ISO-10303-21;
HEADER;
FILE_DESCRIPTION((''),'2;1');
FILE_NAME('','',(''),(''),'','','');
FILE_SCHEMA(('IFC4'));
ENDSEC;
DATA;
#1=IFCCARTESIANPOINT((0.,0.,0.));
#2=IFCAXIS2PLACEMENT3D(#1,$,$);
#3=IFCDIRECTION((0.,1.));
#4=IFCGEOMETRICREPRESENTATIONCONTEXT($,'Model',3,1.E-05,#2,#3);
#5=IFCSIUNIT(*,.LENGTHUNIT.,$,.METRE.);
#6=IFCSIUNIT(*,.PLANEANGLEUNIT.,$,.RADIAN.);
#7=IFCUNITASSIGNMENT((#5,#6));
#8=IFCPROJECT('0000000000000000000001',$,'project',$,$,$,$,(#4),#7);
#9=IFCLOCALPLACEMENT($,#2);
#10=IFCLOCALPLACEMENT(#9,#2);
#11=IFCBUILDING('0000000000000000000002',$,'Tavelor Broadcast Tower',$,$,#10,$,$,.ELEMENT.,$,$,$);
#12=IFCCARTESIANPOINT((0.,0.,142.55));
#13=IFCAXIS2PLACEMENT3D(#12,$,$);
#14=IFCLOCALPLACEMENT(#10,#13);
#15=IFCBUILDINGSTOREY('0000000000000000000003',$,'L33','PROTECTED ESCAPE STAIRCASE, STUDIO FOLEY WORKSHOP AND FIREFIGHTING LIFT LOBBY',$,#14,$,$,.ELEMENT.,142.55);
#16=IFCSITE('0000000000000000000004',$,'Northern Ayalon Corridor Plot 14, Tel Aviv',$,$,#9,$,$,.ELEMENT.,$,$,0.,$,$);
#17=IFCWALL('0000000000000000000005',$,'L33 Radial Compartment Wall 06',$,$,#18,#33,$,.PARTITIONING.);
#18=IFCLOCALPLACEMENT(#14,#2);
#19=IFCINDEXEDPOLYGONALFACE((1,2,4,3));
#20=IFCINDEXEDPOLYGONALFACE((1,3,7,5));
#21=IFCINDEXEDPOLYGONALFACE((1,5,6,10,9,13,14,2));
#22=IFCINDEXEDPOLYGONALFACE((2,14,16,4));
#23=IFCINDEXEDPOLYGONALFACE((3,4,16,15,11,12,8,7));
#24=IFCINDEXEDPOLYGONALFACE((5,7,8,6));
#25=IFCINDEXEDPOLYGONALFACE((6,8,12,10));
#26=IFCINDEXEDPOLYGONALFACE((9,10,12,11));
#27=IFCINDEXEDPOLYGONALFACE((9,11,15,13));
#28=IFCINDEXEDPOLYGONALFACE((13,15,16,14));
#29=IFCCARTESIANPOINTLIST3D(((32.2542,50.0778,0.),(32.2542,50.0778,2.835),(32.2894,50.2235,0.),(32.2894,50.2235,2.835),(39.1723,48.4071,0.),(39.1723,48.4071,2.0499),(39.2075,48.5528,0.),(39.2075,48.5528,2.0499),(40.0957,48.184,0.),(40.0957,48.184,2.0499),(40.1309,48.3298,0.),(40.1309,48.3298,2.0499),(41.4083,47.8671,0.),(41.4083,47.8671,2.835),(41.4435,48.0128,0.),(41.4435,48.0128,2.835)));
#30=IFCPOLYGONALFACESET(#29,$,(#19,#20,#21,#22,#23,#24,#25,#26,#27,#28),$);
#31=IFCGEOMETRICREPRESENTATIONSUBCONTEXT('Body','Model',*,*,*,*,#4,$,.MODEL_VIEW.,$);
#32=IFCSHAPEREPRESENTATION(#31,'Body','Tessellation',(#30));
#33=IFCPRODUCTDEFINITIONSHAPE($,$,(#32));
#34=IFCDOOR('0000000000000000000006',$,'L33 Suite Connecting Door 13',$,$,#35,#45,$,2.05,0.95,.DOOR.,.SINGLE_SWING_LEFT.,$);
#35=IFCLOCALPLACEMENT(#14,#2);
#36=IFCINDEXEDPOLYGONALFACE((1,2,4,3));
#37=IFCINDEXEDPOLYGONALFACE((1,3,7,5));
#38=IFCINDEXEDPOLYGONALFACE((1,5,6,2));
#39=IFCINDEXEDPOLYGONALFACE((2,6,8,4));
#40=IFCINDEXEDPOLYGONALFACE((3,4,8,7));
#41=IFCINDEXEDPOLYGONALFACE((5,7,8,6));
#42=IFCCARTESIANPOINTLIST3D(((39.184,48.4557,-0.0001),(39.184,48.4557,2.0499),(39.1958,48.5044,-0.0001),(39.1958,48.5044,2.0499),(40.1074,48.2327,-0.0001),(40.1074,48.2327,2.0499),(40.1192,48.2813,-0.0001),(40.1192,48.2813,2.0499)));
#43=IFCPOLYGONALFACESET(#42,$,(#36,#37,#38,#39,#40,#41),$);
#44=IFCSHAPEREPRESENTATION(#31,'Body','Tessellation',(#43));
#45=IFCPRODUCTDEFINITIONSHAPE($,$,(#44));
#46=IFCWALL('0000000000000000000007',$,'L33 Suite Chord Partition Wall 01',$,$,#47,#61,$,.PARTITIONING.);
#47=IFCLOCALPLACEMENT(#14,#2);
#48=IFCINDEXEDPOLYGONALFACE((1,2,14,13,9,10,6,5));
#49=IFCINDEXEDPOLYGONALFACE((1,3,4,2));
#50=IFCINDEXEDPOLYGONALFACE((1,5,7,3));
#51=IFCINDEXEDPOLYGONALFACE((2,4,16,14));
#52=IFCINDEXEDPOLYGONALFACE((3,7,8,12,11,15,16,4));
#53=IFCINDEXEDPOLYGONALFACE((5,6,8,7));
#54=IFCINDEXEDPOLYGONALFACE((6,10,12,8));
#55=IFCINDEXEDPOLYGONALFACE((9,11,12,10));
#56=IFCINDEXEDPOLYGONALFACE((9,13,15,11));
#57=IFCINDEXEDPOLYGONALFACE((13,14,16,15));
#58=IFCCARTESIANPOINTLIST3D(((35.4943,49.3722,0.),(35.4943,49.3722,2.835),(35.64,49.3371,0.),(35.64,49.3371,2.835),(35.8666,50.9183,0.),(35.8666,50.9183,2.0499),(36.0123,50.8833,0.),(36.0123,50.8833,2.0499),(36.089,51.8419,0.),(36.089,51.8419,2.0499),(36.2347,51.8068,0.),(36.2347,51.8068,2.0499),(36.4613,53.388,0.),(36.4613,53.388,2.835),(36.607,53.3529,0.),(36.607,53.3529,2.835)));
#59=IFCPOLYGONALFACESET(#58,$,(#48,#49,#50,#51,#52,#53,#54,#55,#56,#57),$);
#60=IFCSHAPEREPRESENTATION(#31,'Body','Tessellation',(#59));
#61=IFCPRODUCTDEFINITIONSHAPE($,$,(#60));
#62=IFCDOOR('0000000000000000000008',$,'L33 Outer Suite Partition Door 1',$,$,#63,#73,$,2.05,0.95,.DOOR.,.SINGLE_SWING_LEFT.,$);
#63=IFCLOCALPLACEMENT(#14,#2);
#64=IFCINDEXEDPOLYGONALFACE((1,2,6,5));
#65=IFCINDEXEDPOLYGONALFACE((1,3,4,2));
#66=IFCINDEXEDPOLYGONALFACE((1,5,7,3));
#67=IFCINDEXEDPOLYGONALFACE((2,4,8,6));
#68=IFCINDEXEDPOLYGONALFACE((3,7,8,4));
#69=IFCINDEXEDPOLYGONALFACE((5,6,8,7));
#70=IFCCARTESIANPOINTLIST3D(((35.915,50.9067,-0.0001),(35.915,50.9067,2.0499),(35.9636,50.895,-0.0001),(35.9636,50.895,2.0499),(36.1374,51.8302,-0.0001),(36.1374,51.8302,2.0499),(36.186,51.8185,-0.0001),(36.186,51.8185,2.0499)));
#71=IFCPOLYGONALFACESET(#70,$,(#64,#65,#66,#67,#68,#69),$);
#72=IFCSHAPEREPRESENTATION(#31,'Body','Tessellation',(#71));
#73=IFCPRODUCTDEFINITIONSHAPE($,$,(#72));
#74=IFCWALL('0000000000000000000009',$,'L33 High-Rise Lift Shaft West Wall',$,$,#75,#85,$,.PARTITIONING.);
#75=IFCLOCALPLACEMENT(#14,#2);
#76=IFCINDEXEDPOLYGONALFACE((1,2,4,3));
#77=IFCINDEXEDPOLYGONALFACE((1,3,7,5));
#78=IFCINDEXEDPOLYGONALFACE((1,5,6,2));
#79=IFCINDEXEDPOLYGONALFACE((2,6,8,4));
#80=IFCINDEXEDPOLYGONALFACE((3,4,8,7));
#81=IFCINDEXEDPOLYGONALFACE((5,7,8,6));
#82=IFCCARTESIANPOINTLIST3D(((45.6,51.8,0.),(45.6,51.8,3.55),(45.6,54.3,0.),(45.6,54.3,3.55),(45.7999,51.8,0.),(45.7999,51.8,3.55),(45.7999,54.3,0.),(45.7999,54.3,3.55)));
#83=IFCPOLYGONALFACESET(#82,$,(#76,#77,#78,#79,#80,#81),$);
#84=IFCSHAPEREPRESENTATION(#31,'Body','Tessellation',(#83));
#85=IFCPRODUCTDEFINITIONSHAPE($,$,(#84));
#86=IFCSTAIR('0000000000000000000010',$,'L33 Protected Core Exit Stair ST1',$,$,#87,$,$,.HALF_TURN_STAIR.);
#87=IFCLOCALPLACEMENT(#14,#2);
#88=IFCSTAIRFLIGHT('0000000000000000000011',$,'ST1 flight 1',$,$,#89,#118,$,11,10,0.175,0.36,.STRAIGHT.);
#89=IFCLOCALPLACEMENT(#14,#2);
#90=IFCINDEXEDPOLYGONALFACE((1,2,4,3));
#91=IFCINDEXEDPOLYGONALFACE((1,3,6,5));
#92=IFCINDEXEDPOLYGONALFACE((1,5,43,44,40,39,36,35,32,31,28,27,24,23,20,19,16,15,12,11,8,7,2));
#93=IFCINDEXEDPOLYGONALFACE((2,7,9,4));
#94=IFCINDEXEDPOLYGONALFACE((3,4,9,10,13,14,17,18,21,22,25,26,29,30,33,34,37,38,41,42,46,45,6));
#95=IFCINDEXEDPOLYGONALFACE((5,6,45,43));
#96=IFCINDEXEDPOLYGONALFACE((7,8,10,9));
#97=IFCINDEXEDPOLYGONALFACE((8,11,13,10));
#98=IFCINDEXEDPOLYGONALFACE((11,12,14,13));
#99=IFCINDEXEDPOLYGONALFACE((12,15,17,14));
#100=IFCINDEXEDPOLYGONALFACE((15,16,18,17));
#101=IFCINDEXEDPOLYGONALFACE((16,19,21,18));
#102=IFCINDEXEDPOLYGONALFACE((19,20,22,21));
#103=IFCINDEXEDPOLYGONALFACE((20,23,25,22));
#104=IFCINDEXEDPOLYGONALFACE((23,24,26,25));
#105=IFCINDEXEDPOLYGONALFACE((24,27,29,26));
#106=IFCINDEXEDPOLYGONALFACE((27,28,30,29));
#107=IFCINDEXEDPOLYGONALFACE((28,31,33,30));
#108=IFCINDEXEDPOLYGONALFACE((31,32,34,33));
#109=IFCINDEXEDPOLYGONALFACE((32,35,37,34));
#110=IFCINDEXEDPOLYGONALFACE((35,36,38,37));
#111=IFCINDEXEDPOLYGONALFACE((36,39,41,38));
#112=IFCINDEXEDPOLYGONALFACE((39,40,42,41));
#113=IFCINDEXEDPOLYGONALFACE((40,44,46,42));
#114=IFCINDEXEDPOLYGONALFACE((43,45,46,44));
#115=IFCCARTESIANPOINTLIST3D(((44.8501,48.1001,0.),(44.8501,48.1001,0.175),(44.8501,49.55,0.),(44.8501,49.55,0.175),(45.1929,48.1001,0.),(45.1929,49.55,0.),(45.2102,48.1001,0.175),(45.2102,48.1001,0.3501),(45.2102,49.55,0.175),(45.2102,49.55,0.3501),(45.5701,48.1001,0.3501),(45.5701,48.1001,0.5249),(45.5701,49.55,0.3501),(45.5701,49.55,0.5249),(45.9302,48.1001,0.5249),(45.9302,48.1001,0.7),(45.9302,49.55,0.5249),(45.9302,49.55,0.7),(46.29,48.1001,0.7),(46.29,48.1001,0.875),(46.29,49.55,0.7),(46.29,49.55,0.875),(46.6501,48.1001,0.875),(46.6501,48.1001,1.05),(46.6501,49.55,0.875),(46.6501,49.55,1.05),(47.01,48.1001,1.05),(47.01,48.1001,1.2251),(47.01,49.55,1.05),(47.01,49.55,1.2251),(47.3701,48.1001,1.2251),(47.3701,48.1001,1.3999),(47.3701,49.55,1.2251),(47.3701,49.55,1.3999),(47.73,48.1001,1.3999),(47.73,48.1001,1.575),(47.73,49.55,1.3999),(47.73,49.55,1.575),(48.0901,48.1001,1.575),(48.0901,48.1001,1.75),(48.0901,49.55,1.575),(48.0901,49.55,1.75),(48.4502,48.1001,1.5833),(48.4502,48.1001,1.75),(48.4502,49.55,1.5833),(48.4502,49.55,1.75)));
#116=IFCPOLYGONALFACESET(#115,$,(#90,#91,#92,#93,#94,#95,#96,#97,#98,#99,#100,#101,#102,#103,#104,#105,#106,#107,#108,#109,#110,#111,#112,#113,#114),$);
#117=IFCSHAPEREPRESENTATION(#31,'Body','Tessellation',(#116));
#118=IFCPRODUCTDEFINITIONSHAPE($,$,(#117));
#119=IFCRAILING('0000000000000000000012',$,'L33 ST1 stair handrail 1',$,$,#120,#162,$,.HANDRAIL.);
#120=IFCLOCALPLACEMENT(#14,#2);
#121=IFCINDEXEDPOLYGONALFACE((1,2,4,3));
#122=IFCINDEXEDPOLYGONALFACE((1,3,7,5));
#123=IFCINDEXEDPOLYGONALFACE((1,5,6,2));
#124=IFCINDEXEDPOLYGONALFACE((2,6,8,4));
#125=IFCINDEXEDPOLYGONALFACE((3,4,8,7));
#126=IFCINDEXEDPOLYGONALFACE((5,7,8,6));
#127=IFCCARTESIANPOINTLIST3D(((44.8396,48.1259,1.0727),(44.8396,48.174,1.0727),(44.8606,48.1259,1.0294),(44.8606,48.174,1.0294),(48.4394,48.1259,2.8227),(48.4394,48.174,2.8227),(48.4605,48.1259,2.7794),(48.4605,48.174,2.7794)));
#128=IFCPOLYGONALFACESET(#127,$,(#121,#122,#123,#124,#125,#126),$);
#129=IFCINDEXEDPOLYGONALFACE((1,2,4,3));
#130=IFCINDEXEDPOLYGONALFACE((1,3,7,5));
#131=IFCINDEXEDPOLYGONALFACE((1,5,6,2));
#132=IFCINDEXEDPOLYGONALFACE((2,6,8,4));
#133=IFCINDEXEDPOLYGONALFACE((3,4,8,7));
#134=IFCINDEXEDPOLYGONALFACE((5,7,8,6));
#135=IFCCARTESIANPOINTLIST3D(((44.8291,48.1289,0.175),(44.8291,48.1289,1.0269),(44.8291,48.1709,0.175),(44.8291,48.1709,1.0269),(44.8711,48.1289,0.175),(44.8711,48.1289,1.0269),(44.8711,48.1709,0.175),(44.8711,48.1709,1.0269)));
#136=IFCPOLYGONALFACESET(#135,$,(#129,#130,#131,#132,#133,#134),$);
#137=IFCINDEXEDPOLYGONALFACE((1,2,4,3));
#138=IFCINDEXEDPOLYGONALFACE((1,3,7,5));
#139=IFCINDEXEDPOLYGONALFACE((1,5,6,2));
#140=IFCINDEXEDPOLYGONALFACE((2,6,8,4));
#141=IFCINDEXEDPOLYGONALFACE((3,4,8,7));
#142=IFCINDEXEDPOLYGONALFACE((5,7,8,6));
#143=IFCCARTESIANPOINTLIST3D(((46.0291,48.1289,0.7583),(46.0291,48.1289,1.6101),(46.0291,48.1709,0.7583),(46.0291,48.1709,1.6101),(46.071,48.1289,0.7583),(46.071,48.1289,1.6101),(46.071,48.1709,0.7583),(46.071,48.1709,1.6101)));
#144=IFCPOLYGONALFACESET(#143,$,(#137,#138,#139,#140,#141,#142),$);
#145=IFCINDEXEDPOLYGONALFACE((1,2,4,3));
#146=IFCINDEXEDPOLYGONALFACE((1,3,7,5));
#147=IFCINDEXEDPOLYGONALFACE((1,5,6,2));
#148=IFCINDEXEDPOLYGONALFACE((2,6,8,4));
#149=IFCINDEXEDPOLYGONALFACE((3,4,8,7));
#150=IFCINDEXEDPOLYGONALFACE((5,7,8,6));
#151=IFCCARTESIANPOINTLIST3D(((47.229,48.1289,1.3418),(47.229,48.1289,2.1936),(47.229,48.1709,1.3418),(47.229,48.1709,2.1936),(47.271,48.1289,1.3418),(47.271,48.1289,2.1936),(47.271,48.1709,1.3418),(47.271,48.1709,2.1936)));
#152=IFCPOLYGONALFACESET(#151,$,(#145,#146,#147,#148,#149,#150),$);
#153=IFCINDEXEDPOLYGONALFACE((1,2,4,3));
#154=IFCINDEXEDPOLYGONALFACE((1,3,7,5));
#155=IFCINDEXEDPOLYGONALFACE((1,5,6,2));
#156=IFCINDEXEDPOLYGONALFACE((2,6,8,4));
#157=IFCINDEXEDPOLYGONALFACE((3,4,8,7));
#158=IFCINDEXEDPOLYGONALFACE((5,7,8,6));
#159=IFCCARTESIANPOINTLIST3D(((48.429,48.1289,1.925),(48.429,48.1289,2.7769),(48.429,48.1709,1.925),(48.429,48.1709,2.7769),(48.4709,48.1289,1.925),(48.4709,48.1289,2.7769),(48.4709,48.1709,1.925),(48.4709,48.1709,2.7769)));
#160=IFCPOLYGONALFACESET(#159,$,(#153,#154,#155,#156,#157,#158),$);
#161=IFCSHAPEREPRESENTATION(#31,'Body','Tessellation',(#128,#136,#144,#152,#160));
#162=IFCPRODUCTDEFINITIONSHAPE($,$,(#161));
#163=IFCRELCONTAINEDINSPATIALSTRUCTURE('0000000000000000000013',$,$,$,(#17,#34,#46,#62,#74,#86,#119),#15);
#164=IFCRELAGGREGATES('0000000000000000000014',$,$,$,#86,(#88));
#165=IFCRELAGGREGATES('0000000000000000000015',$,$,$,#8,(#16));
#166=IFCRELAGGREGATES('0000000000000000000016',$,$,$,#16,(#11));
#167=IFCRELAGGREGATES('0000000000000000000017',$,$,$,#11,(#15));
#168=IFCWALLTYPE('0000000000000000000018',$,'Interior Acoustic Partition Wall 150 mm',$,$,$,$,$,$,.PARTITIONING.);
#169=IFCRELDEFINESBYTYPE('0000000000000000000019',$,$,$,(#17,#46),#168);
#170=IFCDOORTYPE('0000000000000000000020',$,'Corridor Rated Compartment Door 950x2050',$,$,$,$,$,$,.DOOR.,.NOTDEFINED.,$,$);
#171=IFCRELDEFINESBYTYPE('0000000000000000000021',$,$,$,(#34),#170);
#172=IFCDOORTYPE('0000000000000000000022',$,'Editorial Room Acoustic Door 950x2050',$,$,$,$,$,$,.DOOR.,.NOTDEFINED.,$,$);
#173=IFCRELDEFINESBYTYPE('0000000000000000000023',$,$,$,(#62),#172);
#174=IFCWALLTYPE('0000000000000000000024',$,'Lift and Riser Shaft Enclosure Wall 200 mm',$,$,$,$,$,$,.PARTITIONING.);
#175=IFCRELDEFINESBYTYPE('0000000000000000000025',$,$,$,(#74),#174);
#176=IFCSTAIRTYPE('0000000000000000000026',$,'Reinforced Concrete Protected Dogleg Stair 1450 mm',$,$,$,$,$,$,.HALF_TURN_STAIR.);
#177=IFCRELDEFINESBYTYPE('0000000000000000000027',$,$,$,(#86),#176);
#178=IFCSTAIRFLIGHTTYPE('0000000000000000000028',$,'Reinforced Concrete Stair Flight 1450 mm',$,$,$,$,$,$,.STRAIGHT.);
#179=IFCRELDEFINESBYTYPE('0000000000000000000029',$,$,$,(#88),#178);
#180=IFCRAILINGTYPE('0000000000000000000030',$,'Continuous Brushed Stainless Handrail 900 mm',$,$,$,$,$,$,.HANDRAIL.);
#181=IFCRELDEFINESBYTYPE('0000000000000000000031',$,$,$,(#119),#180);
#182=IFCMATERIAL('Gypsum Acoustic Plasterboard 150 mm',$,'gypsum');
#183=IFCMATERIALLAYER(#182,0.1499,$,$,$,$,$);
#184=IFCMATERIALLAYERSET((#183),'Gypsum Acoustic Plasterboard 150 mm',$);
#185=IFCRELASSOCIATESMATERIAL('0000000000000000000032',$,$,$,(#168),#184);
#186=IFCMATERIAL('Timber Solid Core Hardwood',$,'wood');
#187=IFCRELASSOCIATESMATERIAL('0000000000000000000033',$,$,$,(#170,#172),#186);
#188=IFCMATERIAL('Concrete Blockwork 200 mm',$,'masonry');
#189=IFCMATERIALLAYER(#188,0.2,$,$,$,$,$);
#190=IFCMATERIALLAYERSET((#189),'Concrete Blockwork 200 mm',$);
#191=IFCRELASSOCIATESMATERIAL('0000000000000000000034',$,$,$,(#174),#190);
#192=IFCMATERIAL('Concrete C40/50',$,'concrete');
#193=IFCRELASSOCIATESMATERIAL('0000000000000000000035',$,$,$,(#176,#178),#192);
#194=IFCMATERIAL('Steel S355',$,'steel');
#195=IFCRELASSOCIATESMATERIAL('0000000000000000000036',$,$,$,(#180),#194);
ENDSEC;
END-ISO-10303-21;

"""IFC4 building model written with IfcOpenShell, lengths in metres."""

from ifc_helpers import new_model, si_unit, direction, frame, frame_2d, origin, origin_2d, place, context, subcontext, project, spatial, polyline, rectangle, outline, extrude, material, layer, layer_set, type_object, element, fill, aggregate, save


model = new_model("IFC4")

# Units and contexts
model_context = context("Model", 3, precision=1e-05, world=origin(), true_north=direction((0.0, 1.0)))
body_context = subcontext(model_context, "Body", "Model", "MODEL_VIEW")
ifc_project = project(units=[si_unit("LENGTHUNIT", "METRE"), si_unit("PLANEANGLEUNIT", "RADIAN")], contexts=[model_context])

# Site, building, storey
site_placement = place(None, origin())
site = spatial("IfcSite", under=ifc_project, at=site_placement, Name="Northern Ayalon Corridor Plot 14, Tel Aviv", CompositionType="ELEMENT", RefElevation=0.0)
building_placement = place(site_placement, origin())
building = spatial("IfcBuilding", under=site, at=building_placement, Name="Tavelor Broadcast Tower", CompositionType="ELEMENT")
storey_placement = place(building_placement, frame((0.0, 0.0, 142.55)))
storey = spatial("IfcBuildingStorey", under=building, at=storey_placement, Name="L33", Description="PROTECTED ESCAPE STAIRCASE, STUDIO FOLEY WORKSHOP AND FIREFIGHTING LIFT LOBBY", CompositionType="ELEMENT", Elevation=142.55)

# Shared definitions
ifc_material_1 = material(Name="Steel S355", Category="steel")

# Shared definitions
ifc_material_2 = material(Name="Gypsum Acoustic Plasterboard 150 mm", Category="gypsum")
ifc_layer_1 = layer(ifc_material_2, 0.1499)
ifc_layer_set_1 = layer_set([ifc_layer_1], Name="Gypsum Acoustic Plasterboard 150 mm")
wall_type_1 = type_object("IfcWallType", Name="Interior Acoustic Partition Wall 150 mm", PredefinedType="PARTITIONING", material=ifc_layer_set_1)

# Walls, openings, doors
wall_1_placement = place(storey_placement, frame((41.4258, 47.9399, 0.0), z_axis=(0.0, 0.0, 1.0), x_axis=(-0.972056, 0.23475, 0.0)))
wall_1 = element("IfcWall", 1, at=wall_1_placement, inside=storey, type_object=wall_type_1, Name="L33 Radial Compartment Wall 06", PredefinedType="PARTITIONING", context=body_context, shape_type="SweptSolid", body=[
    extrude(rectangle(XDim=9.4172, YDim=0.1499, at=frame_2d((4.7085, 0.0))), origin(), (0.0, 0.0, 1.0), 2.835),
])
opening_1_placement = place(wall_1_placement, frame((1.3501, 0.0, 0.0)))
opening_1 = element("IfcOpeningElement", 2, at=opening_1_placement, cuts=wall_1, PredefinedType="OPENING", context=body_context, shape_type="SweptSolid", body=[
    extrude(rectangle(XDim=0.95, YDim=2.05, at=frame_2d((0.4751, 1.0249))), frame((0.0, 0.085, 0.0), z_axis=(0.0, -1.0, 0.0), x_axis=(1.0, 0.0, 0.0)), (0.0, 0.0, 1.0), 0.1699),
])
ifc_material_3 = material(Name="Timber Solid Core Hardwood", Category="wood")
door_type_1 = type_object("IfcDoorType", Name="Corridor Rated Compartment Door 950x2050", OperationType="NOTDEFINED", PredefinedType="DOOR", material=ifc_material_3)
door_1_placement = place(opening_1_placement, origin())
door_1 = element("IfcDoor", 3, at=door_1_placement, inside=storey, type_object=door_type_1, Name="L33 Suite Connecting Door 13", OperationType="SINGLE_SWING_LEFT", OverallHeight=2.05, OverallWidth=0.95, PredefinedType="DOOR", context=body_context, shape_type="SweptSolid", body=[
    extrude(rectangle(XDim=0.95, YDim=2.05, at=frame_2d((0.4751, 1.0249))), frame((0.0, 0.0249, 0.0), z_axis=(0.0, -1.0, 0.0), x_axis=(1.0, 0.0, 0.0)), (0.0, 0.0, 1.0), 0.05),
])
fill(opening_1, door_1)
wall_2_placement = place(storey_placement, frame((36.5342, 53.3706, 0.0), z_axis=(0.0, 0.0, 1.0), x_axis=(-0.234113, -0.972209, 0.0)))
wall_2 = element("IfcWall", 4, at=wall_2_placement, inside=storey, type_object=wall_type_1, Name="L33 Suite Chord Partition Wall 01", PredefinedType="PARTITIONING", context=body_context, shape_type="SweptSolid", body=[
    extrude(rectangle(XDim=4.1306, YDim=0.1499, at=frame_2d((2.0654, 0.0))), origin(), (0.0, 0.0, 1.0), 2.835),
])
opening_2_placement = place(wall_2_placement, frame((1.5903, 0.0, 0.0)))
opening_2 = element("IfcOpeningElement", 5, at=opening_2_placement, cuts=wall_2, PredefinedType="OPENING", context=body_context, shape_type="SweptSolid", body=[
    extrude(rectangle(XDim=0.95, YDim=2.05, at=frame_2d((0.4751, 1.0249))), frame((0.0, 0.085, 0.0), z_axis=(0.0, -1.0, 0.0), x_axis=(1.0, 0.0, 0.0)), (0.0, 0.0, 1.0), 0.1699),
])
door_type_2 = type_object("IfcDoorType", Name="Editorial Room Acoustic Door 950x2050", OperationType="NOTDEFINED", PredefinedType="DOOR", material=ifc_material_3)
door_2_placement = place(opening_2_placement, origin())
door_2 = element("IfcDoor", 6, at=door_2_placement, inside=storey, type_object=door_type_2, Name="L33 Outer Suite Partition Door 1", OperationType="SINGLE_SWING_LEFT", OverallHeight=2.05, OverallWidth=0.95, PredefinedType="DOOR", context=body_context, shape_type="SweptSolid", body=[
    extrude(rectangle(XDim=0.95, YDim=2.05, at=frame_2d((0.4751, 1.0249))), frame((0.0, 0.0249, 0.0), z_axis=(0.0, -1.0, 0.0), x_axis=(1.0, 0.0, 0.0)), (0.0, 0.0, 1.0), 0.05),
])
fill(opening_2, door_2)

# Wall
ifc_material_4 = material(Name="Concrete Blockwork 200 mm", Category="masonry")
ifc_layer_2 = layer(ifc_material_4, 0.2)
ifc_layer_set_2 = layer_set([ifc_layer_2], Name="Concrete Blockwork 200 mm")
wall_type_2 = type_object("IfcWallType", Name="Lift and Riser Shaft Enclosure Wall 200 mm", PredefinedType="PARTITIONING", material=ifc_layer_set_2)
wall_3_placement = place(storey_placement, frame((45.7, 51.8, 0.0), z_axis=(0.0, 0.0, 1.0), x_axis=(0.0, 1.0, 0.0)))
element("IfcWall", 7, at=wall_3_placement, inside=storey, type_object=wall_type_2, Name="L33 High-Rise Lift Shaft West Wall", PredefinedType="PARTITIONING", context=body_context, shape_type="SweptSolid", body=[
    extrude(rectangle(XDim=2.5, YDim=0.2, at=frame_2d((1.25, 0.0))), origin(), (0.0, 0.0, 1.0), 3.55),
])

# Stair, stair flight
ifc_material_5 = material(Name="Concrete C40/50", Category="concrete")
stair_type = type_object("IfcStairType", Name="Reinforced Concrete Protected Dogleg Stair 1450 mm", PredefinedType="HALF_TURN_STAIR", material=ifc_material_5)
stair_placement = place(storey_placement, origin())
stair = element("IfcStair", 8, at=stair_placement, inside=storey, type_object=stair_type, Name="L33 Protected Core Exit Stair ST1", PredefinedType="HALF_TURN_STAIR")
stair_flight_type = type_object("IfcStairFlightType", Name="Reinforced Concrete Stair Flight 1450 mm", PredefinedType="STRAIGHT", material=ifc_material_5)
stair_flight_placement = place(storey_placement, frame((44.8501, 48.825, 0.0), z_axis=(0.0, 0.0, 1.0), x_axis=(1.0, 0.0, 0.0)))
stair_flight = element("IfcStairFlight", 9, at=stair_flight_placement, type_object=stair_flight_type, Name="ST1 flight 1", NumberOfRisers=11, NumberOfTreads=10, PredefinedType="STRAIGHT", RiserHeight=0.175, TreadLength=0.36, context=body_context, shape_type="SweptSolid", body=[
    extrude(outline(polyline([(0.0, 0.0), (0.0, 0.175), (0.3601, 0.175), (0.3601, 0.3501), (0.72, 0.3501), (0.72, 0.5249), (1.0801, 0.5249), (1.0801, 0.7), (1.4399, 0.7), (1.4399, 0.875), (1.8, 0.875), (1.8, 1.05), (2.1599, 1.05), (2.1599, 1.2251), (2.52, 1.2251), (2.52, 1.3999), (2.8799, 1.3999), (2.8799, 1.575), (3.24, 1.575), (3.24, 1.75), (3.6001, 1.75), (3.6001, 1.925), (3.6001, 1.5833), (0.3428, 0.0), (0.0, 0.0)])), frame((0.0, 0.7251, 0.0), z_axis=(0.0, -1.0, 0.0), x_axis=(1.0, 0.0, 0.0)), (0.0, 0.0, 1.0), 1.45),
])
aggregate(stair, [stair_flight])

# Railing
railing_type_1 = type_object("IfcRailingType", Name="Continuous Brushed Stainless Handrail 900 mm", PredefinedType="HANDRAIL", material=ifc_material_1)
railing_1_placement = place(storey_placement, frame((44.8501, 48.1499, 0.175)))
element("IfcRailing", 10, at=railing_1_placement, inside=storey, type_object=railing_type_1, Name="L33 ST1 stair handrail 1", PredefinedType="HANDRAIL", context=body_context, shape_type="SweptSolid", body=[
    extrude(rectangle(XDim=0.0481, YDim=0.0481, at=origin_2d()), frame((0.0, 0.0, 0.876), z_axis=(0.899361, 0.0, 0.437207), x_axis=(0.0, 1.0, 0.0)), (0.0, 0.0, 1.0), 4.0027),
    extrude(rectangle(XDim=0.042, YDim=0.042, at=origin_2d()), origin(), (0.0, 0.0, 1.0), 0.8518),
    extrude(rectangle(XDim=0.042, YDim=0.042, at=origin_2d()), frame((1.2, 0.0, 0.5833)), (0.0, 0.0, 1.0), 0.8518),
    extrude(rectangle(XDim=0.042, YDim=0.042, at=origin_2d()), frame((2.3999, 0.0, 1.1667)), (0.0, 0.0, 1.0), 0.8518),
    extrude(rectangle(XDim=0.042, YDim=0.042, at=origin_2d()), frame((3.5999, 0.0, 1.75)), (0.0, 0.0, 1.0), 0.8518),
])

save(model, "model.ifc")
